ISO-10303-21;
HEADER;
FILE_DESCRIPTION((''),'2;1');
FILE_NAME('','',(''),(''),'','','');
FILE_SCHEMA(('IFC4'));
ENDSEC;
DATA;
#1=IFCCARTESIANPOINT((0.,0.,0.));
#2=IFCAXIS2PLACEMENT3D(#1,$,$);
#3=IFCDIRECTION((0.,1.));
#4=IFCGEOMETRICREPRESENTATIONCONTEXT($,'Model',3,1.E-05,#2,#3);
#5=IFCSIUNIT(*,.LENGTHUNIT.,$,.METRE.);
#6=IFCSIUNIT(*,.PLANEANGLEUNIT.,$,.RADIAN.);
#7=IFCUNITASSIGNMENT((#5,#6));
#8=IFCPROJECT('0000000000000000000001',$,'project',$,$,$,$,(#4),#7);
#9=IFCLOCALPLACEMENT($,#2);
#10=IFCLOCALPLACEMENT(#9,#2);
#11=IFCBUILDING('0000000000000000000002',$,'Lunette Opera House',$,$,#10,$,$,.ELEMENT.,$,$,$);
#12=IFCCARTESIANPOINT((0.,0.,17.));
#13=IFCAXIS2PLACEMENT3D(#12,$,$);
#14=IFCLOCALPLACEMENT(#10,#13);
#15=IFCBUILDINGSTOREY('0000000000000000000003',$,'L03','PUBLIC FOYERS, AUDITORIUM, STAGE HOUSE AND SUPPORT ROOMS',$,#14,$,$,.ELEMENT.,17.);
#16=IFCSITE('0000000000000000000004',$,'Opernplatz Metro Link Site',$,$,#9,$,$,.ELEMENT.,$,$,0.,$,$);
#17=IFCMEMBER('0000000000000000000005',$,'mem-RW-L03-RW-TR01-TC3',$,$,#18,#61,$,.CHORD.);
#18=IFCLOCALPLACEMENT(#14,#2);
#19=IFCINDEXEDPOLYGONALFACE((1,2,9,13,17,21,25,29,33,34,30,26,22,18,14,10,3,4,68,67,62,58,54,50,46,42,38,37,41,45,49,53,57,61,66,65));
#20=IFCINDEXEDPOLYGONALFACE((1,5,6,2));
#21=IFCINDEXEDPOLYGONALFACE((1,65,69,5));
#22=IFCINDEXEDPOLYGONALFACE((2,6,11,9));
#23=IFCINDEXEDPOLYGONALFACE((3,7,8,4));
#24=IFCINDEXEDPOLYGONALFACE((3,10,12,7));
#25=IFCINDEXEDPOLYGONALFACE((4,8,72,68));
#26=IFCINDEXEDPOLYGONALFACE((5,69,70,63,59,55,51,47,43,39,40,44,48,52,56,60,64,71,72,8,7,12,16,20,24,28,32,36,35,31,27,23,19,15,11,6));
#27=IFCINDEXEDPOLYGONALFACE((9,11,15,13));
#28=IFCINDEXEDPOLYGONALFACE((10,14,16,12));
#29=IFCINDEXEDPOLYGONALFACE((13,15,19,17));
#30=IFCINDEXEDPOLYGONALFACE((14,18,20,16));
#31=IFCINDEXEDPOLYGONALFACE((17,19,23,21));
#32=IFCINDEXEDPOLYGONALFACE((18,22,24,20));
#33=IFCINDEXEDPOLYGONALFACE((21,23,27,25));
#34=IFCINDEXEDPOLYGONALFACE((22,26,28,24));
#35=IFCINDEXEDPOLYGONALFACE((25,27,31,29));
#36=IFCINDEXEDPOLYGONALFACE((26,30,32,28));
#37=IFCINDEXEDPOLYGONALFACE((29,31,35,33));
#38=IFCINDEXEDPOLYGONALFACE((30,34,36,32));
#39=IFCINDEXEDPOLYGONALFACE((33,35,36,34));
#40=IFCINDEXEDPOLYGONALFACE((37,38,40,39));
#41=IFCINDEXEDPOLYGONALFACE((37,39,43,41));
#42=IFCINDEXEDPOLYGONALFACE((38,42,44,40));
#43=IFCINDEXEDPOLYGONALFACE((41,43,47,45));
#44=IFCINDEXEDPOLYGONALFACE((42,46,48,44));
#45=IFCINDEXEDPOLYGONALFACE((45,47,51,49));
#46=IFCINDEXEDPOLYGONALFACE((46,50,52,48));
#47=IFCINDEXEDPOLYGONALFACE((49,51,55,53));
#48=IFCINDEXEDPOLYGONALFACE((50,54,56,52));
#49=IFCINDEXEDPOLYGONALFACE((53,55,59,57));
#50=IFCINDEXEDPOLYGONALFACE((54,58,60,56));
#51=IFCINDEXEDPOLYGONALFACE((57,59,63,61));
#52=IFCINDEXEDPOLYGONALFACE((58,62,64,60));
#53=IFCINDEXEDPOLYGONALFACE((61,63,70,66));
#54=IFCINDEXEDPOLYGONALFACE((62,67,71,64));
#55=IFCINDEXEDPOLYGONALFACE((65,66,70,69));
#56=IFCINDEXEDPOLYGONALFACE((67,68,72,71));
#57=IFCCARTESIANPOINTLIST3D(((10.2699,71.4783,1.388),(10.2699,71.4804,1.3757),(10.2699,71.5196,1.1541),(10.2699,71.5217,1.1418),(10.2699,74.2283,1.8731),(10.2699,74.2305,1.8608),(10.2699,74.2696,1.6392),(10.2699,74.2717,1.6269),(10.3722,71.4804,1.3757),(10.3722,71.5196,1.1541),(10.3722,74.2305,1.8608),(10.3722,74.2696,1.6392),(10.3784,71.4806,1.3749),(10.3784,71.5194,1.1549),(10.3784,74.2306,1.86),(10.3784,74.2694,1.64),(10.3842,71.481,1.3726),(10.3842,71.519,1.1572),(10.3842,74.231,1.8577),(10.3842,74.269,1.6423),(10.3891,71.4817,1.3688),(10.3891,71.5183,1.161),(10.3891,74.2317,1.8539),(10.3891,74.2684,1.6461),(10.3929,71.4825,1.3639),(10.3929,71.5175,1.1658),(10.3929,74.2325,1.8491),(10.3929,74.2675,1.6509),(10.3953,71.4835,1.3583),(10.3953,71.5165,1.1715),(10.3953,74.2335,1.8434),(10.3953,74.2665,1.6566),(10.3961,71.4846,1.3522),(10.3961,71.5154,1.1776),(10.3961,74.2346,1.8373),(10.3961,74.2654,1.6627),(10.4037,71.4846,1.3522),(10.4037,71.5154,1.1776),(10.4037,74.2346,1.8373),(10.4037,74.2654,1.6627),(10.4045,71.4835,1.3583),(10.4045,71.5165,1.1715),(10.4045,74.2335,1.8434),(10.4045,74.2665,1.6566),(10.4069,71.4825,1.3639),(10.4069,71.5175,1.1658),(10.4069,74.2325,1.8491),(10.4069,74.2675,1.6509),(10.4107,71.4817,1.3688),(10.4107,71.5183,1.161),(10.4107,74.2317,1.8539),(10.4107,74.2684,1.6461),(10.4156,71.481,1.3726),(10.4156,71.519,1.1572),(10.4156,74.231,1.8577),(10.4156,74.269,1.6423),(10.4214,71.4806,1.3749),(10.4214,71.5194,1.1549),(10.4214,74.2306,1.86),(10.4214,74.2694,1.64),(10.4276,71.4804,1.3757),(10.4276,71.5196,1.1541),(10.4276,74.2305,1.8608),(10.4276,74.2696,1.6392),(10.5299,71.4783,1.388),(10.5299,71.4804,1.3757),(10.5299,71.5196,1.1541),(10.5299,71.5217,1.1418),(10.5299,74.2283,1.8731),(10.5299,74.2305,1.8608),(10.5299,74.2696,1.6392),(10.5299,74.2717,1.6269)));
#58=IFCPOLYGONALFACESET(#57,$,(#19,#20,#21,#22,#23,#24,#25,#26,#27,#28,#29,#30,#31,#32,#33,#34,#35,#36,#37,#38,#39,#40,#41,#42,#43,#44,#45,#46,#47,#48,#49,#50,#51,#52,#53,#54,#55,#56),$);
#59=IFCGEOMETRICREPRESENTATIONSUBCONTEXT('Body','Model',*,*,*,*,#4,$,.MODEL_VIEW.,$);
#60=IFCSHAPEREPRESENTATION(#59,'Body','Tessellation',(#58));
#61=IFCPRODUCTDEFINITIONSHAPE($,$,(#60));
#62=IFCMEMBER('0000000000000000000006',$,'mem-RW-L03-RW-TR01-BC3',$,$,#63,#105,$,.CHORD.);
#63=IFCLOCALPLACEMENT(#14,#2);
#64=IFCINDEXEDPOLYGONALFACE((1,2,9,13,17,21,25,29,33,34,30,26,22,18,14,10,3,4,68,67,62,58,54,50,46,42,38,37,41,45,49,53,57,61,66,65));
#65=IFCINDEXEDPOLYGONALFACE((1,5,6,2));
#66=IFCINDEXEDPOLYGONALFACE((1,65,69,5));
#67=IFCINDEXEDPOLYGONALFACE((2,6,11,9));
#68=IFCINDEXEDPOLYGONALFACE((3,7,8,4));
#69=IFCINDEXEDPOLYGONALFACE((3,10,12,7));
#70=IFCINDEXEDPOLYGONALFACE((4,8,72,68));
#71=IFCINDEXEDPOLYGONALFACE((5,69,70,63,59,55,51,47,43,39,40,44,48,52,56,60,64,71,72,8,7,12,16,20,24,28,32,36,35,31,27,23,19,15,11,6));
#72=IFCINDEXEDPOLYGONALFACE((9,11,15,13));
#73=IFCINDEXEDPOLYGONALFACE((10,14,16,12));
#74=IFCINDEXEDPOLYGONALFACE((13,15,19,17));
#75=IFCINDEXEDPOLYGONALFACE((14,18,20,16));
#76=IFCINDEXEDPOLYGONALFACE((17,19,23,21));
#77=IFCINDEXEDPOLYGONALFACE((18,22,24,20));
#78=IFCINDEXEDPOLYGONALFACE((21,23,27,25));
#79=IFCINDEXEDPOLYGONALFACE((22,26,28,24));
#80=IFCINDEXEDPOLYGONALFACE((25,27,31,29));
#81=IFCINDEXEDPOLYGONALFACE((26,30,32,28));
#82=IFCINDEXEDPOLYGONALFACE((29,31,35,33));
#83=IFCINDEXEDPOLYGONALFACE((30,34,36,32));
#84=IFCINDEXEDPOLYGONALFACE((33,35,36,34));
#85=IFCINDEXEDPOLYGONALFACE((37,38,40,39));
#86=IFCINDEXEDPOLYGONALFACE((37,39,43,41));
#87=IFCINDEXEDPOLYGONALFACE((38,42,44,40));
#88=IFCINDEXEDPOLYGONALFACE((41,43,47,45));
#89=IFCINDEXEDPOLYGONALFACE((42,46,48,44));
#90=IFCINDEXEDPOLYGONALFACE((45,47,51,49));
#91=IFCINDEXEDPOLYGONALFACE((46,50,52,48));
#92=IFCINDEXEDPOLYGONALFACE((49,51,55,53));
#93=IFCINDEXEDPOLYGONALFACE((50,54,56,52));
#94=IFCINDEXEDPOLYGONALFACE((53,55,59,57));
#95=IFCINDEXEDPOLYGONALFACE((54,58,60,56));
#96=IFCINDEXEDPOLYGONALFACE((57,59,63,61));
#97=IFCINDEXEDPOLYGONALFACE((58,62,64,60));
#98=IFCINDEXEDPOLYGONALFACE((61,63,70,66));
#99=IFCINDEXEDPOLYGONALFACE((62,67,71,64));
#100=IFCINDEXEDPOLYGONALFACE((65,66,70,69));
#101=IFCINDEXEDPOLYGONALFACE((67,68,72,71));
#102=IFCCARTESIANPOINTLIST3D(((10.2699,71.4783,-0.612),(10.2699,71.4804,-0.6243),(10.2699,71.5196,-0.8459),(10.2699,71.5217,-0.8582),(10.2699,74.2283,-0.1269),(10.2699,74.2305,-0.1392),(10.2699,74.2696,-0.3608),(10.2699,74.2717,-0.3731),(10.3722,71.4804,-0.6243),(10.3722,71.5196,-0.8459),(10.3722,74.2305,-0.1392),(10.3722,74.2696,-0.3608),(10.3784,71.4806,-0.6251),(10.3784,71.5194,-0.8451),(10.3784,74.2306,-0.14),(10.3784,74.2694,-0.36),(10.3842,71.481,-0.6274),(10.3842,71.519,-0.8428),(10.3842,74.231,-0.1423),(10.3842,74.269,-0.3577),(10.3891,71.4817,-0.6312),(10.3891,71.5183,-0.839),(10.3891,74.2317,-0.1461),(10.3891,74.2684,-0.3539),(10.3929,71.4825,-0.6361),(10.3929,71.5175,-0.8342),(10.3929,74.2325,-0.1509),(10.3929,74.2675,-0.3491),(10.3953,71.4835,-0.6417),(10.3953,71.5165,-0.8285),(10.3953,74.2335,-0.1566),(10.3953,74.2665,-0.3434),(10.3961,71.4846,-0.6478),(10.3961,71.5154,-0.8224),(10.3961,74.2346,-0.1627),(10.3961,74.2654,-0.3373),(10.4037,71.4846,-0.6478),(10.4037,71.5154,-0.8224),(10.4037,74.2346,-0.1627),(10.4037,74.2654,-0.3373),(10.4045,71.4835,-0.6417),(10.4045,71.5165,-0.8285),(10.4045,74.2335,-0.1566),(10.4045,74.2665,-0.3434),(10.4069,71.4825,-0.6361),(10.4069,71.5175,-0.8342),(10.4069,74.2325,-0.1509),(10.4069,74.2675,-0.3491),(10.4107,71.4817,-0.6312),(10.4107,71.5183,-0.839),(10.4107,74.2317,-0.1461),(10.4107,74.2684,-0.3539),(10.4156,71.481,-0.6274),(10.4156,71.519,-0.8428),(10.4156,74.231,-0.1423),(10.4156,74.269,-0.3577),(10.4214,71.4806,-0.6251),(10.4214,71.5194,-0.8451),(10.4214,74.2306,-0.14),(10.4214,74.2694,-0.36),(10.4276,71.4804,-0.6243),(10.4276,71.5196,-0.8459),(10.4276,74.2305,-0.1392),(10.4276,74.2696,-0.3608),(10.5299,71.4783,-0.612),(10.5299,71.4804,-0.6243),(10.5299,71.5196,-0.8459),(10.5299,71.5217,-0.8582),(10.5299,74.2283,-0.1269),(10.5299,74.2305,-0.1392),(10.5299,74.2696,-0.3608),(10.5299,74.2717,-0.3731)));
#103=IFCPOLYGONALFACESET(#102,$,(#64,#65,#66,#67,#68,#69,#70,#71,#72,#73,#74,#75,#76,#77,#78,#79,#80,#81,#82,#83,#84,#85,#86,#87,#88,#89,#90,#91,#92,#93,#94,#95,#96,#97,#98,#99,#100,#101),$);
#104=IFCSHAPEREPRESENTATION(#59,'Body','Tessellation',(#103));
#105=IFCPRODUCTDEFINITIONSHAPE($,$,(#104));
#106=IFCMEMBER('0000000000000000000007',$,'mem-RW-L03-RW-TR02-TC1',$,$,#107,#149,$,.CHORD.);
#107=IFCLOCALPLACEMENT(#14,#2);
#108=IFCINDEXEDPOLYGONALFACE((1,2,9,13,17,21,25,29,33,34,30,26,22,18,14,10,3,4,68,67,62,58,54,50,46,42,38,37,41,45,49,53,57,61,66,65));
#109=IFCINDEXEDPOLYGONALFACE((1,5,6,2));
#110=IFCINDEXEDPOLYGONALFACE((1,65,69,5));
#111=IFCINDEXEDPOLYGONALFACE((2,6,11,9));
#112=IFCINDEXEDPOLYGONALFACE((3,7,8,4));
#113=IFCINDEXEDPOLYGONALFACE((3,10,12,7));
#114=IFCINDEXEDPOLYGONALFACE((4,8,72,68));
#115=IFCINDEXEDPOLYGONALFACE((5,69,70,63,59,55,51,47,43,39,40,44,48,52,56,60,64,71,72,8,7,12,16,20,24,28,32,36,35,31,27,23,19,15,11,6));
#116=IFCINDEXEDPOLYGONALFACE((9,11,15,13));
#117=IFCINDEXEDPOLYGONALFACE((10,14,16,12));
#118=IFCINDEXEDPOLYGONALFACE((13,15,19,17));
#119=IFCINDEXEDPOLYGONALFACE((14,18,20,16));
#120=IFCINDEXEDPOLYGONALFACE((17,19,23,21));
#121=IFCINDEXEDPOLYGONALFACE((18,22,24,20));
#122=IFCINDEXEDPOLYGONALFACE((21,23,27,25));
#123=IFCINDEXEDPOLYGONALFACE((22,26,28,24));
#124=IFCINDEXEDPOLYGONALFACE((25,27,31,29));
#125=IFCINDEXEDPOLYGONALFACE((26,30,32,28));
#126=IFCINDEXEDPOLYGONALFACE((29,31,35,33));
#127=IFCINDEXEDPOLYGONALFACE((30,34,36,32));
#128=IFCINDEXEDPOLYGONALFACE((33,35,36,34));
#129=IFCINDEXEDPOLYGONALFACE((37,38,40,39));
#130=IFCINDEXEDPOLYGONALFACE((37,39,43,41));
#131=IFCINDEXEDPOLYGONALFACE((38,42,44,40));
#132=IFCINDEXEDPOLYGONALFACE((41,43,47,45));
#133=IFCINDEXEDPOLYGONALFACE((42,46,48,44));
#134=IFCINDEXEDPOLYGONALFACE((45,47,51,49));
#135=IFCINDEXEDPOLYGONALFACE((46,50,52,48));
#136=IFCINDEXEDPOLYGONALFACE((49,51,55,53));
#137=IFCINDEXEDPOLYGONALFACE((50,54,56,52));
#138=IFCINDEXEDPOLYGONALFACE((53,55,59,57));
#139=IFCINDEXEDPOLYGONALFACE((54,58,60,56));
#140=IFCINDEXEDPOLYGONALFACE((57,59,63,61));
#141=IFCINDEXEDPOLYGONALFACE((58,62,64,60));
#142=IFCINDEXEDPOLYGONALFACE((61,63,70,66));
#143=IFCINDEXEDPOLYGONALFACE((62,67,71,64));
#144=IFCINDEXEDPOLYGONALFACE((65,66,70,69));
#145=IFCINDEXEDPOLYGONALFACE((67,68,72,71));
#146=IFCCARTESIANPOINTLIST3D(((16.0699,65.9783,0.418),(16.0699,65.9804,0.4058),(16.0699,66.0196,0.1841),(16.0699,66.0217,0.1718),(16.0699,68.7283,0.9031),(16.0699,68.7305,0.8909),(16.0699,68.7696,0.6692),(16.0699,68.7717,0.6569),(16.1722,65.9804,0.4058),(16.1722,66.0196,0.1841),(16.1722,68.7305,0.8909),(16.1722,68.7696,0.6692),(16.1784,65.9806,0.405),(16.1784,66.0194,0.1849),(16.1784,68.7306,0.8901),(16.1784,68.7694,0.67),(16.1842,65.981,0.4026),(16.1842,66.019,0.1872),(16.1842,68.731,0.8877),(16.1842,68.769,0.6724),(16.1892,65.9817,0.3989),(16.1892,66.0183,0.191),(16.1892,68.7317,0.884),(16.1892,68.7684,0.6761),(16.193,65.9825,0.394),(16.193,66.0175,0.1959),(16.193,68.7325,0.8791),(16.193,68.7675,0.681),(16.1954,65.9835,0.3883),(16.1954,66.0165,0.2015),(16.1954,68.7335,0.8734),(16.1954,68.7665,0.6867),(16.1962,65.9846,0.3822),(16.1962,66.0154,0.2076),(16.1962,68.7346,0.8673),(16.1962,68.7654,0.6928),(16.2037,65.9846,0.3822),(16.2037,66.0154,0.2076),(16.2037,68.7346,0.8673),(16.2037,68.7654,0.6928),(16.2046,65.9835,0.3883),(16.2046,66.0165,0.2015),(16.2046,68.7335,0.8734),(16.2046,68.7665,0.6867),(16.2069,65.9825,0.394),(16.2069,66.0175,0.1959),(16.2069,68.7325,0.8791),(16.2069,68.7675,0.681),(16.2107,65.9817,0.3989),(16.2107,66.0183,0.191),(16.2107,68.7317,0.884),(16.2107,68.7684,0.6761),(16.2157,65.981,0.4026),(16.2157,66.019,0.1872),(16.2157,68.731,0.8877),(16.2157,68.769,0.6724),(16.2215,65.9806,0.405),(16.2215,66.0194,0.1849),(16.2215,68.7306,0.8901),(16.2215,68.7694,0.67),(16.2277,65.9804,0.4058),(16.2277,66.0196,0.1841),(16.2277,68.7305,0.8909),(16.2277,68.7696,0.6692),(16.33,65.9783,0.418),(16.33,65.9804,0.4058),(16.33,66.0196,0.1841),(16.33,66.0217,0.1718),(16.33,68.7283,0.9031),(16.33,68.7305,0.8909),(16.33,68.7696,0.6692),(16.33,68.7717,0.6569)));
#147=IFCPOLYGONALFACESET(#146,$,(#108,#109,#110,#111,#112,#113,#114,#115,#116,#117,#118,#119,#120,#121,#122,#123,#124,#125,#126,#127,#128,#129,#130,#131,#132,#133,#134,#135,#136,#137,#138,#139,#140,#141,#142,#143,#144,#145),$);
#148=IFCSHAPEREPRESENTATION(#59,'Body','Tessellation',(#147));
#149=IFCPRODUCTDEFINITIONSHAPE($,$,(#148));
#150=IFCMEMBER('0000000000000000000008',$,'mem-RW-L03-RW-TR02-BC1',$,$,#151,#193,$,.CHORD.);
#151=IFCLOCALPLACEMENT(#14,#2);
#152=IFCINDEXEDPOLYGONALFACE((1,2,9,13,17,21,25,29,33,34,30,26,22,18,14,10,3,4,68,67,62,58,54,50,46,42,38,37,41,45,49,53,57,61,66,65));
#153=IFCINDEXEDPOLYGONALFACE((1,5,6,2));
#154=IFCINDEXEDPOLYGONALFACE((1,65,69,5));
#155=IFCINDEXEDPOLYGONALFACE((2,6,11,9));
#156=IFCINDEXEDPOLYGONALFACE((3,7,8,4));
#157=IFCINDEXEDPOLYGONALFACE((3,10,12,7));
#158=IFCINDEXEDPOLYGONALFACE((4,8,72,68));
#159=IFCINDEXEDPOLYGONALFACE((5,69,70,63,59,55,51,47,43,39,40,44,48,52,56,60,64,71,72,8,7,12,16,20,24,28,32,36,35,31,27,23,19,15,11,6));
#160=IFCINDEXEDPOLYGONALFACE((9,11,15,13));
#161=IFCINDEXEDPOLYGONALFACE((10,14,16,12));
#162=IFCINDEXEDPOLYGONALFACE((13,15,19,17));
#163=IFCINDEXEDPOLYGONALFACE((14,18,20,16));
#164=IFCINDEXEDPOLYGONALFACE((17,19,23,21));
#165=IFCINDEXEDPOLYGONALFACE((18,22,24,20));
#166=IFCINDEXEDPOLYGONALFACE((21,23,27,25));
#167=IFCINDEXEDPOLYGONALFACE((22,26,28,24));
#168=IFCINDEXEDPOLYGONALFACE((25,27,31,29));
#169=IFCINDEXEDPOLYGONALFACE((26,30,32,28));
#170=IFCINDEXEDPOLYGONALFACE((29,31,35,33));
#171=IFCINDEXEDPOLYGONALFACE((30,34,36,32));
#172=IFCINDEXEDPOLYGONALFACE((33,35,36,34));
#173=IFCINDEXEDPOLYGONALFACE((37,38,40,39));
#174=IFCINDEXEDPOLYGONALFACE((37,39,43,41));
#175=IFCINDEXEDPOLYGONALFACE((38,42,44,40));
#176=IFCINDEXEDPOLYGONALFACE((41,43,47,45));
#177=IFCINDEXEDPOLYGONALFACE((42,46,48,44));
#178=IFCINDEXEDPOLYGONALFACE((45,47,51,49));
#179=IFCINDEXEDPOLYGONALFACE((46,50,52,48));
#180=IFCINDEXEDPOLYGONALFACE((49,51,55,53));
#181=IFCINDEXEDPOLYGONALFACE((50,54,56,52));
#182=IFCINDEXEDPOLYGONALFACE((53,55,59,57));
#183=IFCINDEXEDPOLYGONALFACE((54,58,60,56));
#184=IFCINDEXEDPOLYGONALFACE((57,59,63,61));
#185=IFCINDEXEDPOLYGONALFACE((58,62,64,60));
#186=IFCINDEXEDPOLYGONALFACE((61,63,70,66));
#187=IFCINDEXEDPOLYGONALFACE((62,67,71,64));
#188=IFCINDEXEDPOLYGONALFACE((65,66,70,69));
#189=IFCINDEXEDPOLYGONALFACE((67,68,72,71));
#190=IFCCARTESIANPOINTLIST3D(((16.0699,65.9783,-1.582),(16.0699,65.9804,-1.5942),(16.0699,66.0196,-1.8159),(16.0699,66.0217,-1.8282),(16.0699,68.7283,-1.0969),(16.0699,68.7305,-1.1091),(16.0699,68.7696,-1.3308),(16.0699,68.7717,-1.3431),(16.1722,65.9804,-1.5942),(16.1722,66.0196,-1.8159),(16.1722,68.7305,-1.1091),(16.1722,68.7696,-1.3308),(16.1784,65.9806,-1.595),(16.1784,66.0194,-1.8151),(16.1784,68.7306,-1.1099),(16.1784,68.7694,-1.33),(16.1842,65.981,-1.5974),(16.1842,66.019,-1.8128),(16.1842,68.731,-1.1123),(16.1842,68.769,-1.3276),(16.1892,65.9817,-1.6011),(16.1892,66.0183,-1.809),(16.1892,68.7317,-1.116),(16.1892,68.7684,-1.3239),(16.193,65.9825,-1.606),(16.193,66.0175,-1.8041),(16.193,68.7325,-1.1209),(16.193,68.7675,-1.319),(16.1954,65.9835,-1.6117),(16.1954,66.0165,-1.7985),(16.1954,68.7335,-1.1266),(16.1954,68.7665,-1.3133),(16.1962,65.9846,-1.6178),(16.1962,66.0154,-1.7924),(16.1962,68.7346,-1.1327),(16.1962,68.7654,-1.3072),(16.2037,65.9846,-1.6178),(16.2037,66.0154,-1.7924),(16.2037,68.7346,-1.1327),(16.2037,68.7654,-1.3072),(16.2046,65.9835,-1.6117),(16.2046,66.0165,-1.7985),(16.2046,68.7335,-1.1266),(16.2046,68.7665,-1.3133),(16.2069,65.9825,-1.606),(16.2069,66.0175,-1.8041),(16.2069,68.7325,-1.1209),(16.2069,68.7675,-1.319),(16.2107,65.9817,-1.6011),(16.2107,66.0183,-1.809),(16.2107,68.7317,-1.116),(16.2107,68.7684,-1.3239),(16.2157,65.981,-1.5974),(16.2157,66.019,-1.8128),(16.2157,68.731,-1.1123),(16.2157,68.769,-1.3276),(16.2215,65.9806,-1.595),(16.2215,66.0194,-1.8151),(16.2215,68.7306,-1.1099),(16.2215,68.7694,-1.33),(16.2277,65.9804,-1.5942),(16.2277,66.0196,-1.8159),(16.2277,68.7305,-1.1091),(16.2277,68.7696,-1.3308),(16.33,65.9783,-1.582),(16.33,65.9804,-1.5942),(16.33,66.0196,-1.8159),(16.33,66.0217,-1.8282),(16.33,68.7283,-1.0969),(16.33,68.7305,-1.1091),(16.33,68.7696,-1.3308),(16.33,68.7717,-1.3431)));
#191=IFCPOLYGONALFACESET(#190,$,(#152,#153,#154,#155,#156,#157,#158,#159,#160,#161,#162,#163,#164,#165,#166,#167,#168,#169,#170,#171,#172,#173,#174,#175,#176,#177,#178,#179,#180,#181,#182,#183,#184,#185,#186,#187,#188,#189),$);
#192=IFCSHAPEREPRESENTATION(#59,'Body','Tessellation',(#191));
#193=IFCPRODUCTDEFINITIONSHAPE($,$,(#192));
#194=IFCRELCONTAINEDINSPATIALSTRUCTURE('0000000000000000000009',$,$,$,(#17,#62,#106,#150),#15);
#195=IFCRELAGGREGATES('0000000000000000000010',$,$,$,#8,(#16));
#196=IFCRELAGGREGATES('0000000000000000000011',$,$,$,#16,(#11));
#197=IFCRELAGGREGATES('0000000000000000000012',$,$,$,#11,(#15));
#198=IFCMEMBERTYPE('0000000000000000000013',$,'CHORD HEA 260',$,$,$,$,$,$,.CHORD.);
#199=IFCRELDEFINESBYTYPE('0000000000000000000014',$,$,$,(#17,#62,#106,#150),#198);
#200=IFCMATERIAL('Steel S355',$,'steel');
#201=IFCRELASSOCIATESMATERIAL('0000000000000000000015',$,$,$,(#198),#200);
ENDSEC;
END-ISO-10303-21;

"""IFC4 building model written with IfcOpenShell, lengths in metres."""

from ifc_helpers import new_model, si_unit, direction, frame, origin, origin_2d, place, context, subcontext, project, spatial, i_section, extrude, material, material_profile, profile_set, type_object, element, save


model = new_model("IFC4")

# Units and contexts
model_context = context("Model", 3, precision=1e-05, world=origin(), true_north=direction((0.0, 1.0)))
body_context = subcontext(model_context, "Body", "Model", "MODEL_VIEW")
ifc_project = project(units=[si_unit("LENGTHUNIT", "METRE"), si_unit("PLANEANGLEUNIT", "RADIAN")], contexts=[model_context])

# Site, building, storey
site_placement = place(None, origin())
site = spatial("IfcSite", under=ifc_project, at=site_placement, Name="Opernplatz Metro Link Site", CompositionType="ELEMENT", RefElevation=0.0)
building_placement = place(site_placement, origin())
building = spatial("IfcBuilding", under=site, at=building_placement, Name="Lunette Opera House", CompositionType="ELEMENT")
storey_placement = place(building_placement, frame((0.0, 0.0, 17.0)))
storey = spatial("IfcBuildingStorey", under=building, at=storey_placement, Name="L03", Description="PUBLIC FOYERS, AUDITORIUM, STAGE HOUSE AND SUPPORT ROOMS", CompositionType="ELEMENT", Elevation=17.0)

# Members
ifc_material_1 = material(Name="Steel S355", Category="steel")
ifc_material_profile_1 = material_profile(ifc_material_1, i_section(OverallWidth=0.26, OverallDepth=0.25, WebThickness=0.0076, FlangeThickness=0.0125, FilletRadius=0.0239, at=origin_2d()), Name="HEA 260")
ifc_profile_set_1 = profile_set([ifc_material_profile_1], Name="Steel S355")
member_type_1 = type_object("IfcMemberType", Name="CHORD HEA 260", PredefinedType="CHORD", material=ifc_profile_set_1)
for number, where, z_axis, x_axis, name in (
    (1, (10.3999, 71.5, 1.2649), (0.0, 0.984795, 0.17372), (-1.0, 0.0, 0.0), "mem-RW-L03-RW-TR01-TC3"),
    (2, (10.3999, 71.5, -0.7351), (0.0, 0.984795, 0.17372), (-1.0, 0.0, 0.0), "mem-RW-L03-RW-TR01-BC3"),
    (3, (16.2, 66.0, 0.2949), (0.0, 0.984795, 0.17372), (-1.0, 0.0, 0.0), "mem-RW-L03-RW-TR02-TC1"),
    (4, (16.2, 66.0, -1.7051), (0.0, 0.984795, 0.17372), (-1.0, 0.0, 0.0), "mem-RW-L03-RW-TR02-BC1"),
):
    element("IfcMember", number, at=place(storey_placement, frame(where, z_axis=z_axis, x_axis=x_axis)), inside=storey, type_object=member_type_1, Name=name, PredefinedType="CHORD", context=body_context, shape_type="SweptSolid", body=[
        extrude(i_section(OverallWidth=0.26, OverallDepth=0.25, WebThickness=0.0076, FlangeThickness=0.0125, FilletRadius=0.0239, at=origin_2d()), origin(), (0.0, 0.0, 1.0), 2.7925),
    ])

save(model, "model.ifc")
